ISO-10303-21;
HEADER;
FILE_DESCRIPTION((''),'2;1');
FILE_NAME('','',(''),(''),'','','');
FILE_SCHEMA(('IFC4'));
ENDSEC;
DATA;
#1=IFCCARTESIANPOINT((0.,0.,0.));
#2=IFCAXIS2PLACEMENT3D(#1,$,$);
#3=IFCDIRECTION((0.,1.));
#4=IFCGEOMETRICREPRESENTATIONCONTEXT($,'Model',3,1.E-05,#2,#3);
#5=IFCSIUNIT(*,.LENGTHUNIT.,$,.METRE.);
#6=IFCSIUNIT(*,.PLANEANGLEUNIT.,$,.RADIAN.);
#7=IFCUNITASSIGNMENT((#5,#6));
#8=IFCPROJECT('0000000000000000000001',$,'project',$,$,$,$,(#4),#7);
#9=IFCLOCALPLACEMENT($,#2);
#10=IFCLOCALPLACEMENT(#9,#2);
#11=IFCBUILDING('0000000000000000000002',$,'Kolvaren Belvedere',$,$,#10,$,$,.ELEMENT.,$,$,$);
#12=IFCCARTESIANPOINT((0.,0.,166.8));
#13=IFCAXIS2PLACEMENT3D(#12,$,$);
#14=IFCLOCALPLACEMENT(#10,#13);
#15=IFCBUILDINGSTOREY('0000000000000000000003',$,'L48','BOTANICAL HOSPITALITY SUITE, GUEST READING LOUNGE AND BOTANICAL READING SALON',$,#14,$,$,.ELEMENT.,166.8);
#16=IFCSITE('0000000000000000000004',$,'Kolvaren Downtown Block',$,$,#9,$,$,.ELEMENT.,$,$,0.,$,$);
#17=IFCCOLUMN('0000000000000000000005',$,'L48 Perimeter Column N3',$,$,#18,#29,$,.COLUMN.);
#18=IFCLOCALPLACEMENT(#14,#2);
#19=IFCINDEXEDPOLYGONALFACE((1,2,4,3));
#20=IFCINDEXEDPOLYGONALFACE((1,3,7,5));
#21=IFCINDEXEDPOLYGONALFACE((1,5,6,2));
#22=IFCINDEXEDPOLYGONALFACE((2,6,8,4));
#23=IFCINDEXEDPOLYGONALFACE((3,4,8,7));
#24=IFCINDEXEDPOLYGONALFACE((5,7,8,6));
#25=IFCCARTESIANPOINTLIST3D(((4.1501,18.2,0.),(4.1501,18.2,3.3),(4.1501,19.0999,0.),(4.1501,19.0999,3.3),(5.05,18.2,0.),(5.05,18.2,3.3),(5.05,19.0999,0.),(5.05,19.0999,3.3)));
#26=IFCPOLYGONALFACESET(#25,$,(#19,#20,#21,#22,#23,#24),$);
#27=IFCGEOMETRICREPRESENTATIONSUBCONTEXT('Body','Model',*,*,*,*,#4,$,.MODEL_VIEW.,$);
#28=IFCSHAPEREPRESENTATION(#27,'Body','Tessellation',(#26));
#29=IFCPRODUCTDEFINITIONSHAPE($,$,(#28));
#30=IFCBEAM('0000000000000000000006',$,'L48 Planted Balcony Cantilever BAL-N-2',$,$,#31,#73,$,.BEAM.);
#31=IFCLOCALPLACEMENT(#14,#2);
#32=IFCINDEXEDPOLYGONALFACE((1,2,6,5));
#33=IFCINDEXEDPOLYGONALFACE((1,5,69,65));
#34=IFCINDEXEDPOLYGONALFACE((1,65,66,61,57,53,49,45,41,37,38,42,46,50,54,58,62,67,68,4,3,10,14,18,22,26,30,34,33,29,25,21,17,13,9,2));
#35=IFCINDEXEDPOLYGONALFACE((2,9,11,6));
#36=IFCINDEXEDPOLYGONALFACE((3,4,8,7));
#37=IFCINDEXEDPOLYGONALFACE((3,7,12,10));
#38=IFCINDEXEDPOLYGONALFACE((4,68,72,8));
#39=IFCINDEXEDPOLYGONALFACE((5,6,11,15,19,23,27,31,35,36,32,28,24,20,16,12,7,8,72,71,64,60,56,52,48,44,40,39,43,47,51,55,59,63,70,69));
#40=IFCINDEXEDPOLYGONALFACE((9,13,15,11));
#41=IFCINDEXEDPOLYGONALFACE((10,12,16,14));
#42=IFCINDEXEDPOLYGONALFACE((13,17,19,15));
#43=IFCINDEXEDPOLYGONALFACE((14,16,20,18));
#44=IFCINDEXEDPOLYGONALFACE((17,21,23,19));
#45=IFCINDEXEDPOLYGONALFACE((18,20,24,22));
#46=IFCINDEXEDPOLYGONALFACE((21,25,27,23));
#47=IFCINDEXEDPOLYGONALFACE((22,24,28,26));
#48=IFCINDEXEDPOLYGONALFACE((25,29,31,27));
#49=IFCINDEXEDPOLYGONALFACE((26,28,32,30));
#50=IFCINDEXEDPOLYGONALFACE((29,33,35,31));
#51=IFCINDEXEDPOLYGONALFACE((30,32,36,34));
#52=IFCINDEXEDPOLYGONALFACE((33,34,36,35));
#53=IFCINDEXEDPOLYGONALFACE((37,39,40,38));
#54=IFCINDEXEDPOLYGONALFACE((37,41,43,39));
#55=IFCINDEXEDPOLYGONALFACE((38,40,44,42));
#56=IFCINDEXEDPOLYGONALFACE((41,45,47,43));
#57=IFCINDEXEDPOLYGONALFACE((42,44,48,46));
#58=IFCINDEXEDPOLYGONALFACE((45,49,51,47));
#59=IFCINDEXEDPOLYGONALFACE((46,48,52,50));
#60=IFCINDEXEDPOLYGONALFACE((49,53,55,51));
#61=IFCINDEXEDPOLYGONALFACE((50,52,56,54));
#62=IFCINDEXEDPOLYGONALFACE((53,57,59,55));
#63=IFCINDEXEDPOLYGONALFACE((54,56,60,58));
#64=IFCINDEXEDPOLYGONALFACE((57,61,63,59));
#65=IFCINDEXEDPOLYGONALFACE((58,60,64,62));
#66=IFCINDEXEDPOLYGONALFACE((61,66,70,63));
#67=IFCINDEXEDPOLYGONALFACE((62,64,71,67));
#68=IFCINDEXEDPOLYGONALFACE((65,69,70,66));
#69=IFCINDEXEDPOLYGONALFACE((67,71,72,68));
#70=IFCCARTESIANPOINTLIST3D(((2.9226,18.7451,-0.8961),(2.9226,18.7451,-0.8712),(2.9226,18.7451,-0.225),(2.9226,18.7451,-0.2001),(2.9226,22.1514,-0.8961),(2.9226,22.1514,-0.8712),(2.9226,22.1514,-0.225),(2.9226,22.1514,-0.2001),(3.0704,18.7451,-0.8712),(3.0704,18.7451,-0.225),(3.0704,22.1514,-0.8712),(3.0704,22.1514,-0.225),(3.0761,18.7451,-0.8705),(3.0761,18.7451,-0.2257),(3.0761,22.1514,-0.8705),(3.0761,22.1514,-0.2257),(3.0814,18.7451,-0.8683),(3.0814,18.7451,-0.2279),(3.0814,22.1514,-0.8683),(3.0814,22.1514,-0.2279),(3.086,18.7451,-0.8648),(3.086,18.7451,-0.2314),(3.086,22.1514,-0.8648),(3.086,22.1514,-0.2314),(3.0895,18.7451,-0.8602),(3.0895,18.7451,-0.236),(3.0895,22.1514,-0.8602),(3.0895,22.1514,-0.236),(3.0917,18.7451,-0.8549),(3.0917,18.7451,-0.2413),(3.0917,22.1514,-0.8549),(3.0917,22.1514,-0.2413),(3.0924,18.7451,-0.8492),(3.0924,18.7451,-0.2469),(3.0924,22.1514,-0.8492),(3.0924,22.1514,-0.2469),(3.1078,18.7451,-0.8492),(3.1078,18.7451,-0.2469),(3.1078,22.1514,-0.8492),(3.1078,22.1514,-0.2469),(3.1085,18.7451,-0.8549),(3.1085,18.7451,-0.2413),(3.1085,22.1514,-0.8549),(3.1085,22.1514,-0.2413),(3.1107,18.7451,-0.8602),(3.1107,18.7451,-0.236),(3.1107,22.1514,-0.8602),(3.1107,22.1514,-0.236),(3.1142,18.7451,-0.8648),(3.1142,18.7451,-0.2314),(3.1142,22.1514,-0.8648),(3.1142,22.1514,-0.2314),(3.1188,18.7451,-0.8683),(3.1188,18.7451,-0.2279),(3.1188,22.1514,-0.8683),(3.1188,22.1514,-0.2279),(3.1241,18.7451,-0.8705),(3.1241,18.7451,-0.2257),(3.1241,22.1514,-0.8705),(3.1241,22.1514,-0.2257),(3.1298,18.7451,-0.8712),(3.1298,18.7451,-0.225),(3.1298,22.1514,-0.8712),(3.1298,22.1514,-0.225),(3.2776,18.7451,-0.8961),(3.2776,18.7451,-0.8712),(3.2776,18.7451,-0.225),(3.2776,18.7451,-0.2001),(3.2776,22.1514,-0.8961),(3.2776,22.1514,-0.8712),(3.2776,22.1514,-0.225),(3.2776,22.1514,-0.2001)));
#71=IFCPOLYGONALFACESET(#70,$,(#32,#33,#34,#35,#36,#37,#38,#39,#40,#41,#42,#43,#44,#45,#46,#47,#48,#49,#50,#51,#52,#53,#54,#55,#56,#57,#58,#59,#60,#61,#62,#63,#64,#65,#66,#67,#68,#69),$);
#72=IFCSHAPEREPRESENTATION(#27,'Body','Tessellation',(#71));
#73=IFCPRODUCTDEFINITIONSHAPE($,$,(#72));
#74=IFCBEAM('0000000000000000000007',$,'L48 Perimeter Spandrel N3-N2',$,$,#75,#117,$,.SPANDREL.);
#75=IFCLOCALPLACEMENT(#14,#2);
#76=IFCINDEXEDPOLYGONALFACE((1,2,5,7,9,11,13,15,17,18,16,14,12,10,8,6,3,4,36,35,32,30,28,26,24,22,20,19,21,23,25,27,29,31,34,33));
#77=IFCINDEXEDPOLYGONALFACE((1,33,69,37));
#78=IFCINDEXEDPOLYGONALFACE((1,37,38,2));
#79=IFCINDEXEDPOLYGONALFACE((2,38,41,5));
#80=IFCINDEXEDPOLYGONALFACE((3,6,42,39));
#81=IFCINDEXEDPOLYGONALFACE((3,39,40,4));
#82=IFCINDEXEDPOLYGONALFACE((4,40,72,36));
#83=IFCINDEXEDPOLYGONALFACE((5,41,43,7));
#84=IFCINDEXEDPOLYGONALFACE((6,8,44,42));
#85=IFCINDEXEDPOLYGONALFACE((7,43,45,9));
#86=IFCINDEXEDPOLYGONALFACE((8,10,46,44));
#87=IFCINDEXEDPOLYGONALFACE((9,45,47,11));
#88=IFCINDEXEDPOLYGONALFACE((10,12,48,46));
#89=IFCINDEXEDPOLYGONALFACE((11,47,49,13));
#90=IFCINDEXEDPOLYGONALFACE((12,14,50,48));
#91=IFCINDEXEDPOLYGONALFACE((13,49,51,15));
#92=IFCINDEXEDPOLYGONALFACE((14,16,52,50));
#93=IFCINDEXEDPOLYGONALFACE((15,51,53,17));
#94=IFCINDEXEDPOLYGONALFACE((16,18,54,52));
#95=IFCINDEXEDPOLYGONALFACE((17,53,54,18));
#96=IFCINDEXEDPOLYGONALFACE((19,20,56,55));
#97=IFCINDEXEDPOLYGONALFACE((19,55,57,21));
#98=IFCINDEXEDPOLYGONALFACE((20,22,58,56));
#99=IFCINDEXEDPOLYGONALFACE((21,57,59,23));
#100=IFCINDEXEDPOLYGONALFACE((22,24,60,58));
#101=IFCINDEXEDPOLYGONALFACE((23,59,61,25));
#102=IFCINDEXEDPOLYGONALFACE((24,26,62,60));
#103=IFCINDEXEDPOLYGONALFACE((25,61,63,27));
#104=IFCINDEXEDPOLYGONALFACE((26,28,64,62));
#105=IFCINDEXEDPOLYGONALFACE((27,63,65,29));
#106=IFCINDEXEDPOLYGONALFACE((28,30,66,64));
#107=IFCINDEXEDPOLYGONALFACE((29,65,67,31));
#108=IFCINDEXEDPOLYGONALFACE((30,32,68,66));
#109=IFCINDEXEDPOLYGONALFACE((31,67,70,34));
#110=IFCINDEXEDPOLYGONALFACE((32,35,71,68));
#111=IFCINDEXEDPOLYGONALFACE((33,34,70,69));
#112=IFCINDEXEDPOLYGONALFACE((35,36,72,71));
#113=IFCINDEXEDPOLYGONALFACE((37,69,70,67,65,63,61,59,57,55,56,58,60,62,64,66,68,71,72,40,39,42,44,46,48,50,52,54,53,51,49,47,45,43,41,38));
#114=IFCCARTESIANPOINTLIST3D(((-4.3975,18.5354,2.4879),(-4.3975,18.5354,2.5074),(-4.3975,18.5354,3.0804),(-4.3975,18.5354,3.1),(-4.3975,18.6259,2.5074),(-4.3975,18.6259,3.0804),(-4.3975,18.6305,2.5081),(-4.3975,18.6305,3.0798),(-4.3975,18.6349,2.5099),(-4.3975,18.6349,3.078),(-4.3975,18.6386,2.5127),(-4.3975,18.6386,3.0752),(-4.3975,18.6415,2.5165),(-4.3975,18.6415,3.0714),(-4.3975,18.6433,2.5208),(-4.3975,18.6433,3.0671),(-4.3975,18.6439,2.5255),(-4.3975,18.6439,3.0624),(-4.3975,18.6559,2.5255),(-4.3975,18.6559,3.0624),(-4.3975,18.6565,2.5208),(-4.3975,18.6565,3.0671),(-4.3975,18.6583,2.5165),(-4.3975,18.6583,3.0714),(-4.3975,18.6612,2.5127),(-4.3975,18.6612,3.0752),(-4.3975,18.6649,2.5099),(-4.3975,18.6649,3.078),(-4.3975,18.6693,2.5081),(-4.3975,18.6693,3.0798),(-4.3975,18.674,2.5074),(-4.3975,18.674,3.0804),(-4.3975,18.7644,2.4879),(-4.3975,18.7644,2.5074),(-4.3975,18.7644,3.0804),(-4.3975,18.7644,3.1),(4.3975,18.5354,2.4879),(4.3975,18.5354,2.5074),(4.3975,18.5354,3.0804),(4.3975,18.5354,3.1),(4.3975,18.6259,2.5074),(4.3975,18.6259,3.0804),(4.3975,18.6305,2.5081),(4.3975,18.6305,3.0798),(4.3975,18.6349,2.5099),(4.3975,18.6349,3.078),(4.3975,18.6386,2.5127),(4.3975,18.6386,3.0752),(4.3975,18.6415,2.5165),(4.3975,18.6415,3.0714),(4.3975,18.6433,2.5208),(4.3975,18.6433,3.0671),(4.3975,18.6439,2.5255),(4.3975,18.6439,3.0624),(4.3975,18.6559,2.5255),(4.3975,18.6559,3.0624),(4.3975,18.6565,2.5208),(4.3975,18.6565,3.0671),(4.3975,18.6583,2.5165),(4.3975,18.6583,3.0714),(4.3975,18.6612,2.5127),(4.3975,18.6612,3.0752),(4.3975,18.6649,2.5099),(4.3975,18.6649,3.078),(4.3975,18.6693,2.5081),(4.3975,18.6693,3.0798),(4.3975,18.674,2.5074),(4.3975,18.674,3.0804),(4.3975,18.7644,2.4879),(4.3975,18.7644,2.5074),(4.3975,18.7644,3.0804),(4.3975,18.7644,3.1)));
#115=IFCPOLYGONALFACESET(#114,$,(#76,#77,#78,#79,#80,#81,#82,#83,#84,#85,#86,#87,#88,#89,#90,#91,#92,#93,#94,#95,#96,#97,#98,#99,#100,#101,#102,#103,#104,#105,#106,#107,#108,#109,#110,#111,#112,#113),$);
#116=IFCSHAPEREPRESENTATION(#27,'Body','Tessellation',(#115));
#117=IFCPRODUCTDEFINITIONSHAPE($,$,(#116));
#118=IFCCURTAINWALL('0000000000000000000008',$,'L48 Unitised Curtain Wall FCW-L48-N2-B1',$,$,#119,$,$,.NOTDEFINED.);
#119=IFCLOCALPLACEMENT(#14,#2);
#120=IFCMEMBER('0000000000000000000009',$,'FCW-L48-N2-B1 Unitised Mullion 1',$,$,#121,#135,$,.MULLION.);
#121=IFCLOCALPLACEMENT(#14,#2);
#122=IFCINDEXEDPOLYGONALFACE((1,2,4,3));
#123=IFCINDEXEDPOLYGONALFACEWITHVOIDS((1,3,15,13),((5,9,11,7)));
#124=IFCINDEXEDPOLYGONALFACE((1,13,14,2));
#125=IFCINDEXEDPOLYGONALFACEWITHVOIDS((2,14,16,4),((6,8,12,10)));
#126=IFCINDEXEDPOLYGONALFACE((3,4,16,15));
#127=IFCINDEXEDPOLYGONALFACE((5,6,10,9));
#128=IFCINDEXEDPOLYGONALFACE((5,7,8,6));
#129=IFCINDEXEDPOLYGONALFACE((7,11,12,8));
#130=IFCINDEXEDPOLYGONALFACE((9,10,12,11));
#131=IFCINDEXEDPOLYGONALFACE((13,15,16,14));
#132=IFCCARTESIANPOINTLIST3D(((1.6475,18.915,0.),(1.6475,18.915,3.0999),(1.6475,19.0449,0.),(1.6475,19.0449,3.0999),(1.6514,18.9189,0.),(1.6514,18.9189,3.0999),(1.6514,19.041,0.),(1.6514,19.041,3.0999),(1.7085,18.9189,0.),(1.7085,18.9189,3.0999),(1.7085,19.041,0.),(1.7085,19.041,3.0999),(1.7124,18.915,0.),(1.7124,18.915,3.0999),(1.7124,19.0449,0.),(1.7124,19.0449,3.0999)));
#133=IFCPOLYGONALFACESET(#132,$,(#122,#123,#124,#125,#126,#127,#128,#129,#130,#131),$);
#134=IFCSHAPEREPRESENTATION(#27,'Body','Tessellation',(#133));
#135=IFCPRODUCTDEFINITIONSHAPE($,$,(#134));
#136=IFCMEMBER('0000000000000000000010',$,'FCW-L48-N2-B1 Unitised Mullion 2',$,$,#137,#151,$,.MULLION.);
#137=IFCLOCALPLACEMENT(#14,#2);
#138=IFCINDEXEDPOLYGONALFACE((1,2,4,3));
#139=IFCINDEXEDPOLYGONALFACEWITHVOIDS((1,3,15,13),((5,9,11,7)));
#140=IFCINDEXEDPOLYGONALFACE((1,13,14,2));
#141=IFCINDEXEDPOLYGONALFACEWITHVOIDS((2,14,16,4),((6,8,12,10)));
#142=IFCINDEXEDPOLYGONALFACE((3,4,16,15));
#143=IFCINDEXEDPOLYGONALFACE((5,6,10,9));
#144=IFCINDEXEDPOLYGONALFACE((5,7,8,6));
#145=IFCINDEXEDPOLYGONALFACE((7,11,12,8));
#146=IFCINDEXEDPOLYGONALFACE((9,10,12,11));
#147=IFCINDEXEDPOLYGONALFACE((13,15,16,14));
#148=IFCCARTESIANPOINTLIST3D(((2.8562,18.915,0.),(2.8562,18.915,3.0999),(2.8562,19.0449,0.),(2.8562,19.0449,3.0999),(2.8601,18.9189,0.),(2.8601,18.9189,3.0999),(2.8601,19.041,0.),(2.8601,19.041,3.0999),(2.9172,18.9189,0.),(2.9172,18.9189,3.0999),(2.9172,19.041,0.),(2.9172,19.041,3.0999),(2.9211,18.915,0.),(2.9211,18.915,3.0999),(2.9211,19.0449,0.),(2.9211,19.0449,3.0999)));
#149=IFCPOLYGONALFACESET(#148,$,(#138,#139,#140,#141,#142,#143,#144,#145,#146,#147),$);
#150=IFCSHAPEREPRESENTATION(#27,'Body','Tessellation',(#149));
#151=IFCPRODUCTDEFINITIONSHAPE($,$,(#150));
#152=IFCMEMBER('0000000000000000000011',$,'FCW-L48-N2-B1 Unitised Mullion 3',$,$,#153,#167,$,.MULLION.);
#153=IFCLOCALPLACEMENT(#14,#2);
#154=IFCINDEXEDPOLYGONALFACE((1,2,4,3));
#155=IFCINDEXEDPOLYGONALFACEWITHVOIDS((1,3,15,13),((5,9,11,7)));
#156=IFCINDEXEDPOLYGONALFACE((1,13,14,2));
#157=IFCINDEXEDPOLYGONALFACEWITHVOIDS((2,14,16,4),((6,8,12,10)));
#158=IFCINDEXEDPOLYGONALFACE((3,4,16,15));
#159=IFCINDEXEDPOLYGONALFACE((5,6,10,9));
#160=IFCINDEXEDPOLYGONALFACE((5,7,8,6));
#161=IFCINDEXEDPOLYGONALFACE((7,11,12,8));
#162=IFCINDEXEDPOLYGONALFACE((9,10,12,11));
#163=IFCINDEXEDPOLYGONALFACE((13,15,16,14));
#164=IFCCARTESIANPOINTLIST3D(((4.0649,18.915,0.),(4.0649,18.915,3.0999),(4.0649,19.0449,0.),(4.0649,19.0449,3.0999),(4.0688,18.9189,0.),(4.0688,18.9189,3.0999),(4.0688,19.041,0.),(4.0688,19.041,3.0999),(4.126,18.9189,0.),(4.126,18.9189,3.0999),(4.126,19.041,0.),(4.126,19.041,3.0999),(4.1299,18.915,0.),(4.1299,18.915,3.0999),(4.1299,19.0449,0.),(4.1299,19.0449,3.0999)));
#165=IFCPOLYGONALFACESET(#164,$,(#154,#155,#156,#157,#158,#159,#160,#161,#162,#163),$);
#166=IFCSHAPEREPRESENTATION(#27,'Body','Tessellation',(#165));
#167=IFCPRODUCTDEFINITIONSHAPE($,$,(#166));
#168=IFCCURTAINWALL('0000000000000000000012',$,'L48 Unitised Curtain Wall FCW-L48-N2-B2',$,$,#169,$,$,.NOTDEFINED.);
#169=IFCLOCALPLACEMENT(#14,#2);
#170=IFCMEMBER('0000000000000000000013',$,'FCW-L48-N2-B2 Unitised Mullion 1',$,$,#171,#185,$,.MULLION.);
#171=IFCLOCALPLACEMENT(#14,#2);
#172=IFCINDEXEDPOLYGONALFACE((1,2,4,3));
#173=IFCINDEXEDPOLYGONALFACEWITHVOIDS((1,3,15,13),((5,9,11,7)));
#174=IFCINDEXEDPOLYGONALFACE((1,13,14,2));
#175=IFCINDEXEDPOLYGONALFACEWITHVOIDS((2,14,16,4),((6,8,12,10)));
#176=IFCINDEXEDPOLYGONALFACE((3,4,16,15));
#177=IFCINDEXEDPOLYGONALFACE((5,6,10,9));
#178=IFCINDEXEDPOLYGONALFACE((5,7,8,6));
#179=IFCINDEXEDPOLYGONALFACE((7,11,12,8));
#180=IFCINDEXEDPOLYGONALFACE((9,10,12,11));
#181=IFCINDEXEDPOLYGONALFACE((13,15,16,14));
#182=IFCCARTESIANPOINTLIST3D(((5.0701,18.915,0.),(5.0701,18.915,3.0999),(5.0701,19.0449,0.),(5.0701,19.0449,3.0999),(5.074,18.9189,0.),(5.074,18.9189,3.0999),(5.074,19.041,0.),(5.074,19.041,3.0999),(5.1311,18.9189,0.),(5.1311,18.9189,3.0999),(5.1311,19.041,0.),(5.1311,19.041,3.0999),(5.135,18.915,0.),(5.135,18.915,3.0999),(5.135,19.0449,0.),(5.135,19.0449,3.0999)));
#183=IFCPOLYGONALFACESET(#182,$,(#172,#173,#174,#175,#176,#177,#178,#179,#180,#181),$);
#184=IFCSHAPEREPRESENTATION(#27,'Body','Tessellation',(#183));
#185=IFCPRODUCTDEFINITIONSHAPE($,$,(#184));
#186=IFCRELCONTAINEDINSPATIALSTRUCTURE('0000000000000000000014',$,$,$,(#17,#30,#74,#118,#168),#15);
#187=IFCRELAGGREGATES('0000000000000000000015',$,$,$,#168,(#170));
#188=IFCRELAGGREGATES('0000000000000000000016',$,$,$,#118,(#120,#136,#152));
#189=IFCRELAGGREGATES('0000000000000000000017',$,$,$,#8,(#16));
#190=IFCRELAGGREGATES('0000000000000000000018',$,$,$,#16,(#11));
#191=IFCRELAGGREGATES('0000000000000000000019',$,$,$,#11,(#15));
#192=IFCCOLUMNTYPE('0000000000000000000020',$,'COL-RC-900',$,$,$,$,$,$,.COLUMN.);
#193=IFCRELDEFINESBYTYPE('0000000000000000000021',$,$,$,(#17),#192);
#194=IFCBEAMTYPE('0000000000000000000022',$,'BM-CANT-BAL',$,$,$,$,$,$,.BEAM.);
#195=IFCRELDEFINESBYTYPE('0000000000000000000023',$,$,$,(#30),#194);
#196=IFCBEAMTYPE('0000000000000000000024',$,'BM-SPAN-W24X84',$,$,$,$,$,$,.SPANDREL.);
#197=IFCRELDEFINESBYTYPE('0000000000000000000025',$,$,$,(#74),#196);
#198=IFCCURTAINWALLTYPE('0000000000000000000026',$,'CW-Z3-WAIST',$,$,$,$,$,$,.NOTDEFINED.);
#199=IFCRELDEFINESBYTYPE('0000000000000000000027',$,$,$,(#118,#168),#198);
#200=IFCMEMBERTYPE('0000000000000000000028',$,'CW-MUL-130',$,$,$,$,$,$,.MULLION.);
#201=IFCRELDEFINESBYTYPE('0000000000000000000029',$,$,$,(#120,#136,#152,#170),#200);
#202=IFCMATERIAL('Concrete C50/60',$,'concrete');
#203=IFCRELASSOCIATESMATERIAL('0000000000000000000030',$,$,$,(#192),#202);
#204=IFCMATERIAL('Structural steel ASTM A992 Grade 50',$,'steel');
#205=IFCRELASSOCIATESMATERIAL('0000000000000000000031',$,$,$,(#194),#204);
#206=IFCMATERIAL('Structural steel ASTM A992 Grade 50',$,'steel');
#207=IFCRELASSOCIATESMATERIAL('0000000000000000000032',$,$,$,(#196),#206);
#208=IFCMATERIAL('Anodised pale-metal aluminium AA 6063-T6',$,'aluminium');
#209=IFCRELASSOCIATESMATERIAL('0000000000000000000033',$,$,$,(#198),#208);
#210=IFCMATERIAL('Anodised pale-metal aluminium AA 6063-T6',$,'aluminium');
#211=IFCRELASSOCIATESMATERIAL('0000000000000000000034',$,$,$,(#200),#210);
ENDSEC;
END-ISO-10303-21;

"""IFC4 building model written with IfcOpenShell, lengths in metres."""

from ifc_helpers import new_model, si_unit, direction, frame, origin, origin_2d, place, context, subcontext, project, spatial, rectangle, hollow_rectangle, i_section, extrude, material, material_profile, profile_set, type_object, element, aggregate, save


model = new_model("IFC4")

# Units and contexts
model_context = context("Model", 3, precision=1e-05, world=origin(), true_north=direction((0.0, 1.0)))
body_context = subcontext(model_context, "Body", "Model", "MODEL_VIEW")
ifc_project = project(units=[si_unit("LENGTHUNIT", "METRE"), si_unit("PLANEANGLEUNIT", "RADIAN")], contexts=[model_context])

# Site, building, storey
site_placement = place(None, origin())
site = spatial("IfcSite", under=ifc_project, at=site_placement, Name="Kolvaren Downtown Block", CompositionType="ELEMENT", RefElevation=0.0)
building_placement = place(site_placement, origin())
building = spatial("IfcBuilding", under=site, at=building_placement, Name="Kolvaren Belvedere", CompositionType="ELEMENT")
storey_placement = place(building_placement, frame((0.0, 0.0, 166.8)))
storey = spatial("IfcBuildingStorey", under=building, at=storey_placement, Name="L48", Description="BOTANICAL HOSPITALITY SUITE, GUEST READING LOUNGE AND BOTANICAL READING SALON", CompositionType="ELEMENT", Elevation=166.8)

# Column
ifc_material_1 = material(Name="Concrete C50/60", Category="concrete")
ifc_material_profile_1 = material_profile(ifc_material_1, rectangle(XDim=0.8999, YDim=0.8999, at=origin_2d()), Name="RC 900X900")
ifc_profile_set_1 = profile_set([ifc_material_profile_1], Name="Concrete C50/60")
column_type = type_object("IfcColumnType", Name="COL-RC-900", PredefinedType="COLUMN", material=ifc_profile_set_1)
column_placement = place(storey_placement, frame((4.6001, 18.6499, 0.0), z_axis=(0.0, 0.0, 1.0), x_axis=(1.0, 0.0, 0.0)))
element("IfcColumn", 1, at=column_placement, inside=storey, type_object=column_type, Name="L48 Perimeter Column N3", PredefinedType="COLUMN", context=body_context, shape_type="SweptSolid", body=[
    extrude(rectangle(XDim=0.8999, YDim=0.8999, at=origin_2d()), origin(), (0.0, 0.0, 1.0), 3.3),
])

# Beams
ifc_material_2 = material(Name="Structural steel ASTM A992 Grade 50", Category="steel")
ifc_material_profile_2 = material_profile(ifc_material_2, i_section(OverallWidth=0.355, OverallDepth=0.696, WebThickness=0.0154, FlangeThickness=0.0249, FilletRadius=0.022, at=origin_2d()), Name="W27X146")
ifc_profile_set_2 = profile_set([ifc_material_profile_2], Name="Structural steel ASTM A992 Grade 50")
beam_type_1 = type_object("IfcBeamType", Name="BM-CANT-BAL", PredefinedType="BEAM", material=ifc_profile_set_2)
beam_1_placement = place(storey_placement, frame((3.1001, 18.7451, -0.5481), z_axis=(0.0, 1.0, 0.0), x_axis=(-1.0, 0.0, 0.0)))
element("IfcBeam", 2, at=beam_1_placement, inside=storey, type_object=beam_type_1, Name="L48 Planted Balcony Cantilever BAL-N-2", PredefinedType="BEAM", context=body_context, shape_type="SweptSolid", body=[
    extrude(i_section(OverallWidth=0.355, OverallDepth=0.696, WebThickness=0.0154, FlangeThickness=0.0249, FilletRadius=0.022, at=origin_2d()), origin(), (0.0, 0.0, 1.0), 3.4062),
])
ifc_material_3 = material(Name="Structural steel ASTM A992 Grade 50", Category="steel")
ifc_material_profile_3 = material_profile(ifc_material_3, i_section(OverallWidth=0.229, OverallDepth=0.6121, WebThickness=0.012, FlangeThickness=0.0195, FilletRadius=0.0181, at=origin_2d()), Name="W24X84")
ifc_profile_set_3 = profile_set([ifc_material_profile_3], Name="Structural steel ASTM A992 Grade 50")
beam_type_2 = type_object("IfcBeamType", Name="BM-SPAN-W24X84", PredefinedType="SPANDREL", material=ifc_profile_set_3)
beam_2_placement = place(storey_placement, frame((4.3975, 18.6499, 2.7939), z_axis=(-1.0, 0.0, 0.0), x_axis=(0.0, -1.0, 0.0)))
element("IfcBeam", 3, at=beam_2_placement, inside=storey, type_object=beam_type_2, Name="L48 Perimeter Spandrel N3-N2", PredefinedType="SPANDREL", context=body_context, shape_type="SweptSolid", body=[
    extrude(i_section(OverallWidth=0.229, OverallDepth=0.6121, WebThickness=0.012, FlangeThickness=0.0195, FilletRadius=0.0181, at=origin_2d()), origin(), (0.0, 0.0, 1.0), 8.7949),
])

# Curtain wall, members
ifc_material_4 = material(Name="Anodised pale-metal aluminium AA 6063-T6", Category="aluminium")
curtain_wall_type = type_object("IfcCurtainWallType", Name="CW-Z3-WAIST", PredefinedType="NOTDEFINED", material=ifc_material_4)
curtain_wall_1_placement = place(storey_placement, origin())
curtain_wall_1 = element("IfcCurtainWall", 4, at=curtain_wall_1_placement, inside=storey, type_object=curtain_wall_type, Name="L48 Unitised Curtain Wall FCW-L48-N2-B1", PredefinedType="NOTDEFINED")
ifc_material_5 = material(Name="Anodised pale-metal aluminium AA 6063-T6", Category="aluminium")
ifc_material_profile_4 = material_profile(ifc_material_5, hollow_rectangle(XDim=0.0649, YDim=0.1299, WallThickness=0.0039, at=origin_2d()), Name="ALU-MUL-130X65")
ifc_profile_set_4 = profile_set([ifc_material_profile_4], Name="Anodised pale-metal aluminium AA 6063-T6")
member_type_1 = type_object("IfcMemberType", Name="CW-MUL-130", PredefinedType="MULLION", material=ifc_profile_set_4)
member_1_placement = place(storey_placement, frame((1.6799, 18.98, 0.0), z_axis=(0.0, 0.0, 1.0), x_axis=(1.0, 0.0, 0.0)))
member_1 = element("IfcMember", 5, at=member_1_placement, type_object=member_type_1, Name="FCW-L48-N2-B1 Unitised Mullion 1", PredefinedType="MULLION", context=body_context, shape_type="SweptSolid", body=[
    extrude(hollow_rectangle(XDim=0.0649, YDim=0.1299, WallThickness=0.0039, at=origin_2d()), origin(), (0.0, 0.0, 1.0), 3.0999),
])
member_2_placement = place(storey_placement, frame((2.8887, 18.98, 0.0), z_axis=(0.0, 0.0, 1.0), x_axis=(1.0, 0.0, 0.0)))
member_2 = element("IfcMember", 6, at=member_2_placement, type_object=member_type_1, Name="FCW-L48-N2-B1 Unitised Mullion 2", PredefinedType="MULLION", context=body_context, shape_type="SweptSolid", body=[
    extrude(hollow_rectangle(XDim=0.0649, YDim=0.1299, WallThickness=0.0039, at=origin_2d()), origin(), (0.0, 0.0, 1.0), 3.0999),
])
member_3_placement = place(storey_placement, frame((4.0974, 18.98, 0.0), z_axis=(0.0, 0.0, 1.0), x_axis=(1.0, 0.0, 0.0)))
member_3 = element("IfcMember", 7, at=member_3_placement, type_object=member_type_1, Name="FCW-L48-N2-B1 Unitised Mullion 3", PredefinedType="MULLION", context=body_context, shape_type="SweptSolid", body=[
    extrude(hollow_rectangle(XDim=0.0649, YDim=0.1299, WallThickness=0.0039, at=origin_2d()), origin(), (0.0, 0.0, 1.0), 3.0999),
])

# Curtain wall, member
curtain_wall_2_placement = place(storey_placement, origin())
curtain_wall_2 = element("IfcCurtainWall", 8, at=curtain_wall_2_placement, inside=storey, type_object=curtain_wall_type, Name="L48 Unitised Curtain Wall FCW-L48-N2-B2", PredefinedType="NOTDEFINED")
member_4_placement = place(storey_placement, frame((5.1025, 18.98, 0.0), z_axis=(0.0, 0.0, 1.0), x_axis=(1.0, 0.0, 0.0)))
member_4 = element("IfcMember", 9, at=member_4_placement, type_object=member_type_1, Name="FCW-L48-N2-B2 Unitised Mullion 1", PredefinedType="MULLION", context=body_context, shape_type="SweptSolid", body=[
    extrude(hollow_rectangle(XDim=0.0649, YDim=0.1299, WallThickness=0.0039, at=origin_2d()), origin(), (0.0, 0.0, 1.0), 3.0999),
])

aggregate(curtain_wall_2, [member_4])

aggregate(curtain_wall_1, [member_1, member_2, member_3])

save(model, "model.ifc")
